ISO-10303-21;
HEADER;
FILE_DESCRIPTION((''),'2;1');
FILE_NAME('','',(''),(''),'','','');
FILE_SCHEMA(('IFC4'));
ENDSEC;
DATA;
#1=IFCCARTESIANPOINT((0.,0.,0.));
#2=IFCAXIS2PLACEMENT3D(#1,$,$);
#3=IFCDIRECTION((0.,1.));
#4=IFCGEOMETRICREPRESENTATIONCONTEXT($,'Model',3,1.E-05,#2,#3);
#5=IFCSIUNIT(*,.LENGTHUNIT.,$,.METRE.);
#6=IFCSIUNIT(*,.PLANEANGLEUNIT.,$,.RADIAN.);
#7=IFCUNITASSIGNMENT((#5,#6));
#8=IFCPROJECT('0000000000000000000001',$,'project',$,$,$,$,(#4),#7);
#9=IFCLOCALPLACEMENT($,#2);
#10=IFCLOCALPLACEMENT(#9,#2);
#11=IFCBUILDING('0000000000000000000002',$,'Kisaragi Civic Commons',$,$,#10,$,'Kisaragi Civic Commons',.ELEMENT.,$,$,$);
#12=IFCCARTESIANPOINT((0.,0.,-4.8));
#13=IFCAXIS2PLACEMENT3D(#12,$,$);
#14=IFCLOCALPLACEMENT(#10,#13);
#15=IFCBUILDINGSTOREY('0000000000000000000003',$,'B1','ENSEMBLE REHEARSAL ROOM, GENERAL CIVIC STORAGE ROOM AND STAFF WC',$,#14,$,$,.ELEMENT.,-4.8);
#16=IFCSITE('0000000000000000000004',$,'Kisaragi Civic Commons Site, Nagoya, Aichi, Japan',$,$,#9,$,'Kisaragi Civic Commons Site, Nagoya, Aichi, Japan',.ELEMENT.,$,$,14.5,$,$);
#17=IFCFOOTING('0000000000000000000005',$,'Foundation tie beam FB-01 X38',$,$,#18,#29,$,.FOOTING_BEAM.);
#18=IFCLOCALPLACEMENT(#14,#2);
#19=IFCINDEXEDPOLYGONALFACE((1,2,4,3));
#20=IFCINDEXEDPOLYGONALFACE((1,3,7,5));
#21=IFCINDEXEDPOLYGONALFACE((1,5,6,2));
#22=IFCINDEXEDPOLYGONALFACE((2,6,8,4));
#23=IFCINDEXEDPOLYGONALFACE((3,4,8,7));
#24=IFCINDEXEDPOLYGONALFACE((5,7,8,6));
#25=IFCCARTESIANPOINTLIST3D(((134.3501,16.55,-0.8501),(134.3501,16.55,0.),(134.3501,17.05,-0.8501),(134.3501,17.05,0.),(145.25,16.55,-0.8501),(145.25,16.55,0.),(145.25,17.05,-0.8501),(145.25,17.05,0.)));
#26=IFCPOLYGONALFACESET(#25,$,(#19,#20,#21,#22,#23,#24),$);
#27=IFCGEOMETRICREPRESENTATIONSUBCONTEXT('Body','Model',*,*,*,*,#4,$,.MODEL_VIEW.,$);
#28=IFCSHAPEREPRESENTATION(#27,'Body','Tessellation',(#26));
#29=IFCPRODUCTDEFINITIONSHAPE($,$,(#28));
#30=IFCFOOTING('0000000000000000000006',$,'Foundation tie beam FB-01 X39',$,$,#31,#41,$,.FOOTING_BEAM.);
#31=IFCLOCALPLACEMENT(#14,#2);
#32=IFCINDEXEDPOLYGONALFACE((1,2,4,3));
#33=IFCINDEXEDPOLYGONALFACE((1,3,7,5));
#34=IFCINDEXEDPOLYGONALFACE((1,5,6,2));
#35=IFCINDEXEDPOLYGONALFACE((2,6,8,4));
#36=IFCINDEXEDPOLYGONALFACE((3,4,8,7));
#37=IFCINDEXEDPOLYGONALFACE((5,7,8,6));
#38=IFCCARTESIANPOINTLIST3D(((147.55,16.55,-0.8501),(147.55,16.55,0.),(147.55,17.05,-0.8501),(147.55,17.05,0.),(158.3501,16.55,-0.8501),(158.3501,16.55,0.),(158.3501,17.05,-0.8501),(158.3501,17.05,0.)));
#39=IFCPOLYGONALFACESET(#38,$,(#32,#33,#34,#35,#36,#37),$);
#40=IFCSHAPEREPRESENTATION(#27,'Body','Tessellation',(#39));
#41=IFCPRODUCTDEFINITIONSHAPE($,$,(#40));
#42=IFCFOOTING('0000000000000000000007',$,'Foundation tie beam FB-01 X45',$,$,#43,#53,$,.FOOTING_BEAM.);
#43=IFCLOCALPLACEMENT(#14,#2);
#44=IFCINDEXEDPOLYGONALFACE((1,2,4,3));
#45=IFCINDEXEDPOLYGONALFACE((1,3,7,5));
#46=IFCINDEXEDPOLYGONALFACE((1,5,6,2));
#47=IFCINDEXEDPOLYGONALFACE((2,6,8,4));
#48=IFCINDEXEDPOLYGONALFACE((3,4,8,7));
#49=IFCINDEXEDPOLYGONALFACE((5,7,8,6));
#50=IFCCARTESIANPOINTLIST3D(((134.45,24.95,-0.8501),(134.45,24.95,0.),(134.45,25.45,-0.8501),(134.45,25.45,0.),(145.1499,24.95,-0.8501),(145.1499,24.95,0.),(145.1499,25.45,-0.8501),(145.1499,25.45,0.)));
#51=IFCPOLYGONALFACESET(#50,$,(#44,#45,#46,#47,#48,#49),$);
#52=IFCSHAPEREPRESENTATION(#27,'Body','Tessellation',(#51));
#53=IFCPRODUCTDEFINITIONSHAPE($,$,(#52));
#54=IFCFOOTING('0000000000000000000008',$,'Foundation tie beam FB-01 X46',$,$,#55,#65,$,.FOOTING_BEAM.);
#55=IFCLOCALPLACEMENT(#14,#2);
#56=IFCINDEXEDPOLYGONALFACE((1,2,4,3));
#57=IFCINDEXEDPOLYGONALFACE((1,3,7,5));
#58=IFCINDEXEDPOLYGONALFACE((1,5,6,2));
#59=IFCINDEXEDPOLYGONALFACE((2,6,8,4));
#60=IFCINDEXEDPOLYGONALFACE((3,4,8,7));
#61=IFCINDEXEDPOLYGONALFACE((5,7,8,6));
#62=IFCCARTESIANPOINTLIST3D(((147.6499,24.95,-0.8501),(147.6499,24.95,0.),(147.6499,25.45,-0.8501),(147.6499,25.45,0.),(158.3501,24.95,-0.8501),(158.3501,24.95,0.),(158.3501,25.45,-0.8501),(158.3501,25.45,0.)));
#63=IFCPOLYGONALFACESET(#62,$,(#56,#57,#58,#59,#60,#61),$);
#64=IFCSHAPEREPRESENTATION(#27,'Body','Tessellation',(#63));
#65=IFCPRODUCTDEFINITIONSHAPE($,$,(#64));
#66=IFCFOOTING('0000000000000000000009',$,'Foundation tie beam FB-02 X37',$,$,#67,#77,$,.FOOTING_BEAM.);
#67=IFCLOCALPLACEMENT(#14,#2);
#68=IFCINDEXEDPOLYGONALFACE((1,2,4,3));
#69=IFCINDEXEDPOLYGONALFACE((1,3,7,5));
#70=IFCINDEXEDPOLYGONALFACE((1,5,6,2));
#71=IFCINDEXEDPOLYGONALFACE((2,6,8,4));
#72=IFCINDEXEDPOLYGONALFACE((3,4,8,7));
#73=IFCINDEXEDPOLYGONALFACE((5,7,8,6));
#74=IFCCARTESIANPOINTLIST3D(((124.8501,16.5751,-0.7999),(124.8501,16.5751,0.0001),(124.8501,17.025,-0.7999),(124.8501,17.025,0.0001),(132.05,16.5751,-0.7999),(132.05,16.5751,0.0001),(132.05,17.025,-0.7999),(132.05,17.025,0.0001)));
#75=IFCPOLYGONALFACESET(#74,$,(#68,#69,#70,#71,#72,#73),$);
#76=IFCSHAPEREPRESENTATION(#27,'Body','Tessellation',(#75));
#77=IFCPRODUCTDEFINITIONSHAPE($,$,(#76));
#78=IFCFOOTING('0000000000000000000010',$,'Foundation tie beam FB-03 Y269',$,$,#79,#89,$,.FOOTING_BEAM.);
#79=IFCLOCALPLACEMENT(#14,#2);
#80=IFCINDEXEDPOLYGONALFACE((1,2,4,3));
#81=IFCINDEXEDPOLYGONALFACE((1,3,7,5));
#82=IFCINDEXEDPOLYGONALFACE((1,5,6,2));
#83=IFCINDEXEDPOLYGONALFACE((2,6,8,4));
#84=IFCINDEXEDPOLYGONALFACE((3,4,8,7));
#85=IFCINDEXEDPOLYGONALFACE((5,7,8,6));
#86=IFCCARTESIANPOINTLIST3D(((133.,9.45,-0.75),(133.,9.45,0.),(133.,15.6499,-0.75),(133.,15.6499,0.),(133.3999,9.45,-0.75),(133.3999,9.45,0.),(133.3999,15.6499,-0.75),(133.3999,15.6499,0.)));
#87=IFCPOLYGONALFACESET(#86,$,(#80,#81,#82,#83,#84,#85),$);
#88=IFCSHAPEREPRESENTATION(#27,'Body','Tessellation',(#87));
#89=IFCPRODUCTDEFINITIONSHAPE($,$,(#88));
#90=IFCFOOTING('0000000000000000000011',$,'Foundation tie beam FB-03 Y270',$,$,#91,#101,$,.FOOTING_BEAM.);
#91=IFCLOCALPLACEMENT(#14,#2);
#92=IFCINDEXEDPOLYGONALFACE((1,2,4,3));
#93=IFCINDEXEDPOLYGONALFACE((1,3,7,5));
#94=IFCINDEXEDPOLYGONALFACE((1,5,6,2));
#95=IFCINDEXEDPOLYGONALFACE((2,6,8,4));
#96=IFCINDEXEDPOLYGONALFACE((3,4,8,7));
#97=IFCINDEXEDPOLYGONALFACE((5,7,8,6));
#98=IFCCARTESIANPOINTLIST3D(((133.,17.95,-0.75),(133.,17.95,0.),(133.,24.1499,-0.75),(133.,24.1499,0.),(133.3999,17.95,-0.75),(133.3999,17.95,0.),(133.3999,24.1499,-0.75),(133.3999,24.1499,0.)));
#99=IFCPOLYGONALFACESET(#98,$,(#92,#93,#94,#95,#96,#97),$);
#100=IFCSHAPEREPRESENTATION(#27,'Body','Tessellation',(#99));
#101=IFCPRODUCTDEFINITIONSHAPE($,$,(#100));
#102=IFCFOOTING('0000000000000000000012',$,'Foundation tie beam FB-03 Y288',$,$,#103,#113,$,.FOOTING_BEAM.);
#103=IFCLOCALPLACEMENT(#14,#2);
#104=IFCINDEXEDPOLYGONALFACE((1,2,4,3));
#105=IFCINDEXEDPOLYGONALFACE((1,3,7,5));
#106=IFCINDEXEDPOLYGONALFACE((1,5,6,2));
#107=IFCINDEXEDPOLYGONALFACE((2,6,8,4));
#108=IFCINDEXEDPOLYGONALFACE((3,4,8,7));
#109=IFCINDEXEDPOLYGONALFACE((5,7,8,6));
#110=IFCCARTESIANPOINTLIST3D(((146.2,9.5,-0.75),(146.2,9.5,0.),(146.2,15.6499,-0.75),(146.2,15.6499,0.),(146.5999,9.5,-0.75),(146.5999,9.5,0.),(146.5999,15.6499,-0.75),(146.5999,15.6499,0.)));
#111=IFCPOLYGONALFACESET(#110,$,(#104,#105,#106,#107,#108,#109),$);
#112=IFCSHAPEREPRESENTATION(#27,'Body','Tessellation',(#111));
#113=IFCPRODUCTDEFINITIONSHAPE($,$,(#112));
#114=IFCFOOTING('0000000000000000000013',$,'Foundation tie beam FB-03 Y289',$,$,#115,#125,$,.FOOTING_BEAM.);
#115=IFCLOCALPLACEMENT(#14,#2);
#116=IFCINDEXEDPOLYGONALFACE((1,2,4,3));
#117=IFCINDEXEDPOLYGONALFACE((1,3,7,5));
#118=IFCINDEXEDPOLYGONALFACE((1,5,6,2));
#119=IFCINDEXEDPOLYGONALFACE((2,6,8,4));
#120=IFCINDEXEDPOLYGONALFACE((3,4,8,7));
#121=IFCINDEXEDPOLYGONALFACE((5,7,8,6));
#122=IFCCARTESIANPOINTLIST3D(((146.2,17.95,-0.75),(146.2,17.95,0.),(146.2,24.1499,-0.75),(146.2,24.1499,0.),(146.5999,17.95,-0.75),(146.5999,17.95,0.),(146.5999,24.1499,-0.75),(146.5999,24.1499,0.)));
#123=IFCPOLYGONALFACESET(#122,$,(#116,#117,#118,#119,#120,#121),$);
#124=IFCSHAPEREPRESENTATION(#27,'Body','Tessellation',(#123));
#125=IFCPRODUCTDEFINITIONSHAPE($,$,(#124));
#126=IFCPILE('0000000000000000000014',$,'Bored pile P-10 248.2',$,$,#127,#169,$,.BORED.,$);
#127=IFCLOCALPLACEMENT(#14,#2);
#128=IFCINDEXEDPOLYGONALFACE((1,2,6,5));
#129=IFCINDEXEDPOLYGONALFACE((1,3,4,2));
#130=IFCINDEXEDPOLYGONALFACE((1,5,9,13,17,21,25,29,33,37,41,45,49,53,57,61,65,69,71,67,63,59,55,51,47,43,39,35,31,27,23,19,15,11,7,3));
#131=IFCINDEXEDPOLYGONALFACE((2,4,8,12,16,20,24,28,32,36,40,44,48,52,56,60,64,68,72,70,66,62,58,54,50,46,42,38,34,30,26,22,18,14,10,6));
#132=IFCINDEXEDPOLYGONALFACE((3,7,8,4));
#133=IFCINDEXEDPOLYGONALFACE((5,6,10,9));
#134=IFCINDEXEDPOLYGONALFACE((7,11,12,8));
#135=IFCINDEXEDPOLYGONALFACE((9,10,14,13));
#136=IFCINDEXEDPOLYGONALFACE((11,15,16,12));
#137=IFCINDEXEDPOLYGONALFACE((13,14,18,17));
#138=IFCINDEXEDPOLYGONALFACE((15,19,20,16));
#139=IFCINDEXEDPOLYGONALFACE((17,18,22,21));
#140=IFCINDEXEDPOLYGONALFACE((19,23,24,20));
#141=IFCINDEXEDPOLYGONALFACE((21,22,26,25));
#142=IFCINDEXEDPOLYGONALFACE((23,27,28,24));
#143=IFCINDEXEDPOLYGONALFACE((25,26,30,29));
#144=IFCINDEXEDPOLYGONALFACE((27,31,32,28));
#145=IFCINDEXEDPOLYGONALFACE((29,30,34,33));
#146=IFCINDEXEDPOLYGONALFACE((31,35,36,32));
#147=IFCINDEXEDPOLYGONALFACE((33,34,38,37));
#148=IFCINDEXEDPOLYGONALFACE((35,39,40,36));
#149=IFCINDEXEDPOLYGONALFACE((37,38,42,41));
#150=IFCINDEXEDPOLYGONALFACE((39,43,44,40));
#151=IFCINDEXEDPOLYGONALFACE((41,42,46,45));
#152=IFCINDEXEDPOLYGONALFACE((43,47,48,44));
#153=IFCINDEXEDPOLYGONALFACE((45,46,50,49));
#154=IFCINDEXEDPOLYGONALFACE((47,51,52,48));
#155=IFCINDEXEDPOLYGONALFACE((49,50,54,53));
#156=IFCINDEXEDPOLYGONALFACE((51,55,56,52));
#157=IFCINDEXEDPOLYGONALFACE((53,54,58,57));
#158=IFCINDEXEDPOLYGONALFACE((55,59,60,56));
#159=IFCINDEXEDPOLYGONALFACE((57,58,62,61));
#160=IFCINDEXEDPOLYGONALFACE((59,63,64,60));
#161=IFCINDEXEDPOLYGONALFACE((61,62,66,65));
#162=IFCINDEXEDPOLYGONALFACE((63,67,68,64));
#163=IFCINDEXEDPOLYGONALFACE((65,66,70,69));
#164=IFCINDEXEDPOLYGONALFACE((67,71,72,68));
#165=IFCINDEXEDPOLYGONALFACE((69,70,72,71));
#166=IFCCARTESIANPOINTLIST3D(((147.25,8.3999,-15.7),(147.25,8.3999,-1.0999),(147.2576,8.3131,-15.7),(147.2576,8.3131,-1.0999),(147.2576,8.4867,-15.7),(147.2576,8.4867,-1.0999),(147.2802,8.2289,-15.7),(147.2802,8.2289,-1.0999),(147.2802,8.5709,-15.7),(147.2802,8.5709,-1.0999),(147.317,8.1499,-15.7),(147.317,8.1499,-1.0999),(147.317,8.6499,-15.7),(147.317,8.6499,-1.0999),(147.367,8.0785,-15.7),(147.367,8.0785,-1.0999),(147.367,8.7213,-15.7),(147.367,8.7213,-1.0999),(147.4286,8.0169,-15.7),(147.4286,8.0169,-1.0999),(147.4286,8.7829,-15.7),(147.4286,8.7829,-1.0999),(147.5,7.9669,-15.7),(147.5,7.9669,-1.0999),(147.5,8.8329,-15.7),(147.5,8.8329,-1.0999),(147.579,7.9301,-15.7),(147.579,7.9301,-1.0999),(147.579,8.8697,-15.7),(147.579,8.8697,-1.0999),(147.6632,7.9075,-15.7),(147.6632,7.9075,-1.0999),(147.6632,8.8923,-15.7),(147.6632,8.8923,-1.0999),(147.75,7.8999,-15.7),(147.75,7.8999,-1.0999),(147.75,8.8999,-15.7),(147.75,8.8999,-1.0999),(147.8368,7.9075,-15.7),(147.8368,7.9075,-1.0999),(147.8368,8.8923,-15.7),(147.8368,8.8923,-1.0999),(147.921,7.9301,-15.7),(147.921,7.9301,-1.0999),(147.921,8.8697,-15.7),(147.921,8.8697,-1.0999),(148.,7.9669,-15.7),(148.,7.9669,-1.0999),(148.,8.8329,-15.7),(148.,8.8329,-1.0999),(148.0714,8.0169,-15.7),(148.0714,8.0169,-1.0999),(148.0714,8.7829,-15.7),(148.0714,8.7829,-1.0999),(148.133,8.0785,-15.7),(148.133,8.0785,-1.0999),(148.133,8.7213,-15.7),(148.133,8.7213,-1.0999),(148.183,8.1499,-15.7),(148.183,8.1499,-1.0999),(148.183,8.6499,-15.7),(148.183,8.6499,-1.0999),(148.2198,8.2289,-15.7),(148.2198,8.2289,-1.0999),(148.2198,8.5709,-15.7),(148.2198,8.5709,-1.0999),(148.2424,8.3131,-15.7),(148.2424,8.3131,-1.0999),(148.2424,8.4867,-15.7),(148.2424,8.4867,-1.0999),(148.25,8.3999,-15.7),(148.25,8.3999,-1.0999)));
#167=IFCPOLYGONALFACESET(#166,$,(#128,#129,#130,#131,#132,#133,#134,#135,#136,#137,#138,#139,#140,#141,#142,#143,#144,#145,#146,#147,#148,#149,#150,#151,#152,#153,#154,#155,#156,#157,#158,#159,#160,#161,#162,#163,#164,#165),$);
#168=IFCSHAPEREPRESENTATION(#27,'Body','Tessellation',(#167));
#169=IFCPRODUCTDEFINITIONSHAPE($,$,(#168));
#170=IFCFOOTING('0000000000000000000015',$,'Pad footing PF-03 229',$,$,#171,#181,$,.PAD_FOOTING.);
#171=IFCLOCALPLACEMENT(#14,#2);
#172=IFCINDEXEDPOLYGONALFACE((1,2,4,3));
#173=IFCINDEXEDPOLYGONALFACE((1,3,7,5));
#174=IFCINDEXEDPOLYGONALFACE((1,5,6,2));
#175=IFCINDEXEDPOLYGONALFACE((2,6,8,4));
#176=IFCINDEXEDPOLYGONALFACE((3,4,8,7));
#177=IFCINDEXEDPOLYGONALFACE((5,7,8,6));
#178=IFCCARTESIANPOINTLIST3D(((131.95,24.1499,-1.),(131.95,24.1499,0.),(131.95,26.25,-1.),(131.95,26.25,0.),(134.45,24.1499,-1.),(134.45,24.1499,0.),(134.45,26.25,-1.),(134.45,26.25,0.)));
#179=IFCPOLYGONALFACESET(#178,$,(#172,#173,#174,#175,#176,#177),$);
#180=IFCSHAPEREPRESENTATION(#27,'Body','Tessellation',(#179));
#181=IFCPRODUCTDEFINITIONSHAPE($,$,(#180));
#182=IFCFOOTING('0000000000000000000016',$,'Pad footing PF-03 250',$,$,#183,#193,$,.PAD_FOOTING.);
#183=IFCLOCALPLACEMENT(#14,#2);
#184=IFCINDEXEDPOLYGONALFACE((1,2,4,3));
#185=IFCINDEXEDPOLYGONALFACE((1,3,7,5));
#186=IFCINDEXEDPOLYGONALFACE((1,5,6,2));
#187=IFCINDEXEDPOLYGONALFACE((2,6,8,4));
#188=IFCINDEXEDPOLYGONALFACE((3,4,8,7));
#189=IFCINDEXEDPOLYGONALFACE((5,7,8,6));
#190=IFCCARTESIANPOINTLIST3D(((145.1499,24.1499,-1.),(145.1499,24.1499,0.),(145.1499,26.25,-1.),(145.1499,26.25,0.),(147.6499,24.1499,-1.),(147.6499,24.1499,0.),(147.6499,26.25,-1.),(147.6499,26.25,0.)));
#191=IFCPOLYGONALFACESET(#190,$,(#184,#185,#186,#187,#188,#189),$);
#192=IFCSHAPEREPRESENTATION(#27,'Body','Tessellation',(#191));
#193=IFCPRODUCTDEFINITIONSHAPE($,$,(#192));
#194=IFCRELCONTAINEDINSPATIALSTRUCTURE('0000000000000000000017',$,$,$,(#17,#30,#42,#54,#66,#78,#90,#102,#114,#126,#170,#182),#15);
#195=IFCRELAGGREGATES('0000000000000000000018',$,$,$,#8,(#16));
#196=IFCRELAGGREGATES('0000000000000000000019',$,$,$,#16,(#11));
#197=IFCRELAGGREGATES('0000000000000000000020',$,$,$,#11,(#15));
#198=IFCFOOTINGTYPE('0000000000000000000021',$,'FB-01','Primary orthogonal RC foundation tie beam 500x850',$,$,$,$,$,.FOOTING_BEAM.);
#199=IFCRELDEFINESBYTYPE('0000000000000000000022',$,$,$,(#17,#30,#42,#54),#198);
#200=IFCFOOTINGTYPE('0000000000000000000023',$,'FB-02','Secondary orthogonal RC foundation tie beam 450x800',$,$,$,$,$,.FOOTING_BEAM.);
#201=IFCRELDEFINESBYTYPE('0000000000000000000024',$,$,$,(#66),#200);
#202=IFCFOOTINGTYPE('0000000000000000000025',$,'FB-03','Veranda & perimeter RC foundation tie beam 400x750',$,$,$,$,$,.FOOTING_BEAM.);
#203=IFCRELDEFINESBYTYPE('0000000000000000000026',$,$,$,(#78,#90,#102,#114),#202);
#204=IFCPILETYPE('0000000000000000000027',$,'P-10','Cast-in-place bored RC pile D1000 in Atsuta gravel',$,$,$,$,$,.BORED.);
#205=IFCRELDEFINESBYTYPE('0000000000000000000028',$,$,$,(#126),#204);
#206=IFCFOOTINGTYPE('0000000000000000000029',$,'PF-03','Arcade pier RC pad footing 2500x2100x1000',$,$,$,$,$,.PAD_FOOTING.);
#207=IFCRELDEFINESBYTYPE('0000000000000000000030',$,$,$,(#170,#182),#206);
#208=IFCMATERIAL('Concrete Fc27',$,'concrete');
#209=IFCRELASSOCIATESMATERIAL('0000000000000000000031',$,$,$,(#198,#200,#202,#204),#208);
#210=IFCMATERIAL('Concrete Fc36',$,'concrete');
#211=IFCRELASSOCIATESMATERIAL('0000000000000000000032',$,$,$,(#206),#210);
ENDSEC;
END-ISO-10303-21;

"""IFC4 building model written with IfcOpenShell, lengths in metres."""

from ifc_helpers import new_model, si_unit, direction, frame, origin, origin_2d, place, context, subcontext, project, spatial, rectangle, circle, extrude, material, material_profile, profile_set, type_object, element, save


model = new_model("IFC4")

# Units and contexts
model_context = context("Model", 3, precision=1e-05, world=origin(), true_north=direction((0.0, 1.0)))
body_context = subcontext(model_context, "Body", "Model", "MODEL_VIEW")
ifc_project = project(units=[si_unit("LENGTHUNIT", "METRE"), si_unit("PLANEANGLEUNIT", "RADIAN")], contexts=[model_context])

# Site, building, storey
site_placement = place(None, origin())
site = spatial("IfcSite", under=ifc_project, at=site_placement, Name="Kisaragi Civic Commons Site, Nagoya, Aichi, Japan", LongName="Kisaragi Civic Commons Site, Nagoya, Aichi, Japan", CompositionType="ELEMENT", RefElevation=14.5)
building_placement = place(site_placement, origin())
building = spatial("IfcBuilding", under=site, at=building_placement, Name="Kisaragi Civic Commons", LongName="Kisaragi Civic Commons", CompositionType="ELEMENT")
storey_placement = place(building_placement, frame((0.0, 0.0, -4.8)))
storey = spatial("IfcBuildingStorey", under=building, at=storey_placement, Name="B1", Description="ENSEMBLE REHEARSAL ROOM, GENERAL CIVIC STORAGE ROOM AND STAFF WC", CompositionType="ELEMENT", Elevation=-4.8)

# Footings
ifc_material_1 = material(Name="Concrete Fc27", Category="concrete")
ifc_material_profile_1 = material_profile(ifc_material_1, rectangle(XDim=0.5, YDim=0.8501, at=origin_2d()), Name="RC-500x850", Category="concrete")
ifc_profile_set_1 = profile_set([ifc_material_profile_1], Name="Concrete Fc27")
footing_type_1 = type_object("IfcFootingType", Name="FB-01", Description="Primary orthogonal RC foundation tie beam 500x850", PredefinedType="FOOTING_BEAM", material=ifc_profile_set_1)
footing_1_placement = place(storey_placement, frame((134.3501, 16.8, -0.425), z_axis=(1.0, 0.0, 0.0), x_axis=(0.0, 1.0, 0.0)))
element("IfcFooting", 1, at=footing_1_placement, inside=storey, type_object=footing_type_1, Name="Foundation tie beam FB-01 X38", PredefinedType="FOOTING_BEAM", context=body_context, shape_type="SweptSolid", body=[
    extrude(rectangle(XDim=0.5, YDim=0.8501, at=origin_2d()), origin(), (0.0, 0.0, 1.0), 10.8999),
])
footing_2_placement = place(storey_placement, frame((147.55, 16.8, -0.425), z_axis=(1.0, 0.0, 0.0), x_axis=(0.0, 1.0, 0.0)))
element("IfcFooting", 2, at=footing_2_placement, inside=storey, type_object=footing_type_1, Name="Foundation tie beam FB-01 X39", PredefinedType="FOOTING_BEAM", context=body_context, shape_type="SweptSolid", body=[
    extrude(rectangle(XDim=0.5, YDim=0.8501, at=origin_2d()), origin(), (0.0, 0.0, 1.0), 10.8),
])
footing_3_placement = place(storey_placement, frame((134.45, 25.2, -0.425), z_axis=(1.0, 0.0, 0.0), x_axis=(0.0, 1.0, 0.0)))
element("IfcFooting", 3, at=footing_3_placement, inside=storey, type_object=footing_type_1, Name="Foundation tie beam FB-01 X45", PredefinedType="FOOTING_BEAM", context=body_context, shape_type="SweptSolid", body=[
    extrude(rectangle(XDim=0.5, YDim=0.8501, at=origin_2d()), origin(), (0.0, 0.0, 1.0), 10.7),
])
footing_4_placement = place(storey_placement, frame((147.6499, 25.2, -0.425), z_axis=(1.0, 0.0, 0.0), x_axis=(0.0, 1.0, 0.0)))
element("IfcFooting", 4, at=footing_4_placement, inside=storey, type_object=footing_type_1, Name="Foundation tie beam FB-01 X46", PredefinedType="FOOTING_BEAM", context=body_context, shape_type="SweptSolid", body=[
    extrude(rectangle(XDim=0.5, YDim=0.8501, at=origin_2d()), origin(), (0.0, 0.0, 1.0), 10.7002),
])
ifc_material_profile_2 = material_profile(ifc_material_1, rectangle(XDim=0.45, YDim=0.8, at=origin_2d()), Name="RC-450x800", Category="concrete")
ifc_profile_set_2 = profile_set([ifc_material_profile_2], Name="Concrete Fc27")
footing_type_2 = type_object("IfcFootingType", Name="FB-02", Description="Secondary orthogonal RC foundation tie beam 450x800", PredefinedType="FOOTING_BEAM", material=ifc_profile_set_2)
footing_5_placement = place(storey_placement, frame((124.8501, 16.8, -0.3999), z_axis=(1.0, 0.0, 0.0), x_axis=(0.0, 1.0, 0.0)))
element("IfcFooting", 5, at=footing_5_placement, inside=storey, type_object=footing_type_2, Name="Foundation tie beam FB-02 X37", PredefinedType="FOOTING_BEAM", context=body_context, shape_type="SweptSolid", body=[
    extrude(rectangle(XDim=0.45, YDim=0.8, at=origin_2d()), origin(), (0.0, 0.0, 1.0), 7.2),
])
ifc_material_profile_3 = material_profile(ifc_material_1, rectangle(XDim=0.3999, YDim=0.75, at=origin_2d()), Name="RC-400x750", Category="concrete")
ifc_profile_set_3 = profile_set([ifc_material_profile_3], Name="Concrete Fc27")
footing_type_3 = type_object("IfcFootingType", Name="FB-03", Description="Veranda & perimeter RC foundation tie beam 400x750", PredefinedType="FOOTING_BEAM", material=ifc_profile_set_3)
for number, where, z_axis, x_axis, name in (
    (6, (133.2, 9.45, -0.375), (0.0, 1.0, 0.0), (-1.0, 0.0, 0.0), "Foundation tie beam FB-03 Y269"),
    (7, (133.2, 17.95, -0.375), (0.0, 1.0, 0.0), (-1.0, 0.0, 0.0), "Foundation tie beam FB-03 Y270"),
):
    element("IfcFooting", number, at=place(storey_placement, frame(where, z_axis=z_axis, x_axis=x_axis)), inside=storey, type_object=footing_type_3, Name=name, PredefinedType="FOOTING_BEAM", context=body_context, shape_type="SweptSolid", body=[
        extrude(rectangle(XDim=0.3999, YDim=0.75, at=origin_2d()), origin(), (0.0, 0.0, 1.0), 6.2),
    ])
footing_6_placement = place(storey_placement, frame((146.3999, 9.5, -0.375), z_axis=(0.0, 1.0, 0.0), x_axis=(-1.0, 0.0, 0.0)))
element("IfcFooting", 8, at=footing_6_placement, inside=storey, type_object=footing_type_3, Name="Foundation tie beam FB-03 Y288", PredefinedType="FOOTING_BEAM", context=body_context, shape_type="SweptSolid", body=[
    extrude(rectangle(XDim=0.3999, YDim=0.75, at=origin_2d()), origin(), (0.0, 0.0, 1.0), 6.1499),
])
footing_7_placement = place(storey_placement, frame((146.3999, 17.95, -0.375), z_axis=(0.0, 1.0, 0.0), x_axis=(-1.0, 0.0, 0.0)))
element("IfcFooting", 9, at=footing_7_placement, inside=storey, type_object=footing_type_3, Name="Foundation tie beam FB-03 Y289", PredefinedType="FOOTING_BEAM", context=body_context, shape_type="SweptSolid", body=[
    extrude(rectangle(XDim=0.3999, YDim=0.75, at=origin_2d()), origin(), (0.0, 0.0, 1.0), 6.2),
])

# Pile
ifc_material_profile_4 = material_profile(ifc_material_1, circle(Radius=0.5, at=origin_2d()), Name="PILE-D1000", Category="concrete")
ifc_profile_set_4 = profile_set([ifc_material_profile_4], Name="Concrete Fc27")
pile_type = type_object("IfcPileType", Name="P-10", Description="Cast-in-place bored RC pile D1000 in Atsuta gravel", PredefinedType="BORED", material=ifc_profile_set_4)
pile_placement = place(storey_placement, frame((147.75, 8.3999, -1.0999), z_axis=(0.0, 0.0, -1.0), x_axis=(1.0, 0.0, 0.0)))
element("IfcPile", 10, at=pile_placement, inside=storey, type_object=pile_type, Name="Bored pile P-10 248.2", PredefinedType="BORED", context=body_context, shape_type="SweptSolid", body=[
    extrude(circle(Radius=0.5, at=origin_2d()), origin(), (0.0, 0.0, 1.0), 14.6001),
])

# Footings
ifc_material_2 = material(Name="Concrete Fc36", Category="concrete")
footing_type_4 = type_object("IfcFootingType", Name="PF-03", Description="Arcade pier RC pad footing 2500x2100x1000", PredefinedType="PAD_FOOTING", material=ifc_material_2)
for number, where, z_axis, x_axis, name in (
    (11, (133.2, 25.2, -1.0), (0.0, 0.0, 1.0), (1.0, 0.0, 0.0), "Pad footing PF-03 229"),
    (12, (146.3999, 25.2, -1.0), (0.0, 0.0, 1.0), (1.0, 0.0, 0.0), "Pad footing PF-03 250"),
):
    element("IfcFooting", number, at=place(storey_placement, frame(where, z_axis=z_axis, x_axis=x_axis)), inside=storey, type_object=footing_type_4, Name=name, PredefinedType="PAD_FOOTING", context=body_context, shape_type="SweptSolid", body=[
        extrude(rectangle(XDim=2.5, YDim=2.1001, at=origin_2d()), origin(), (0.0, 0.0, 1.0), 1.0),
    ])

save(model, "model.ifc")
